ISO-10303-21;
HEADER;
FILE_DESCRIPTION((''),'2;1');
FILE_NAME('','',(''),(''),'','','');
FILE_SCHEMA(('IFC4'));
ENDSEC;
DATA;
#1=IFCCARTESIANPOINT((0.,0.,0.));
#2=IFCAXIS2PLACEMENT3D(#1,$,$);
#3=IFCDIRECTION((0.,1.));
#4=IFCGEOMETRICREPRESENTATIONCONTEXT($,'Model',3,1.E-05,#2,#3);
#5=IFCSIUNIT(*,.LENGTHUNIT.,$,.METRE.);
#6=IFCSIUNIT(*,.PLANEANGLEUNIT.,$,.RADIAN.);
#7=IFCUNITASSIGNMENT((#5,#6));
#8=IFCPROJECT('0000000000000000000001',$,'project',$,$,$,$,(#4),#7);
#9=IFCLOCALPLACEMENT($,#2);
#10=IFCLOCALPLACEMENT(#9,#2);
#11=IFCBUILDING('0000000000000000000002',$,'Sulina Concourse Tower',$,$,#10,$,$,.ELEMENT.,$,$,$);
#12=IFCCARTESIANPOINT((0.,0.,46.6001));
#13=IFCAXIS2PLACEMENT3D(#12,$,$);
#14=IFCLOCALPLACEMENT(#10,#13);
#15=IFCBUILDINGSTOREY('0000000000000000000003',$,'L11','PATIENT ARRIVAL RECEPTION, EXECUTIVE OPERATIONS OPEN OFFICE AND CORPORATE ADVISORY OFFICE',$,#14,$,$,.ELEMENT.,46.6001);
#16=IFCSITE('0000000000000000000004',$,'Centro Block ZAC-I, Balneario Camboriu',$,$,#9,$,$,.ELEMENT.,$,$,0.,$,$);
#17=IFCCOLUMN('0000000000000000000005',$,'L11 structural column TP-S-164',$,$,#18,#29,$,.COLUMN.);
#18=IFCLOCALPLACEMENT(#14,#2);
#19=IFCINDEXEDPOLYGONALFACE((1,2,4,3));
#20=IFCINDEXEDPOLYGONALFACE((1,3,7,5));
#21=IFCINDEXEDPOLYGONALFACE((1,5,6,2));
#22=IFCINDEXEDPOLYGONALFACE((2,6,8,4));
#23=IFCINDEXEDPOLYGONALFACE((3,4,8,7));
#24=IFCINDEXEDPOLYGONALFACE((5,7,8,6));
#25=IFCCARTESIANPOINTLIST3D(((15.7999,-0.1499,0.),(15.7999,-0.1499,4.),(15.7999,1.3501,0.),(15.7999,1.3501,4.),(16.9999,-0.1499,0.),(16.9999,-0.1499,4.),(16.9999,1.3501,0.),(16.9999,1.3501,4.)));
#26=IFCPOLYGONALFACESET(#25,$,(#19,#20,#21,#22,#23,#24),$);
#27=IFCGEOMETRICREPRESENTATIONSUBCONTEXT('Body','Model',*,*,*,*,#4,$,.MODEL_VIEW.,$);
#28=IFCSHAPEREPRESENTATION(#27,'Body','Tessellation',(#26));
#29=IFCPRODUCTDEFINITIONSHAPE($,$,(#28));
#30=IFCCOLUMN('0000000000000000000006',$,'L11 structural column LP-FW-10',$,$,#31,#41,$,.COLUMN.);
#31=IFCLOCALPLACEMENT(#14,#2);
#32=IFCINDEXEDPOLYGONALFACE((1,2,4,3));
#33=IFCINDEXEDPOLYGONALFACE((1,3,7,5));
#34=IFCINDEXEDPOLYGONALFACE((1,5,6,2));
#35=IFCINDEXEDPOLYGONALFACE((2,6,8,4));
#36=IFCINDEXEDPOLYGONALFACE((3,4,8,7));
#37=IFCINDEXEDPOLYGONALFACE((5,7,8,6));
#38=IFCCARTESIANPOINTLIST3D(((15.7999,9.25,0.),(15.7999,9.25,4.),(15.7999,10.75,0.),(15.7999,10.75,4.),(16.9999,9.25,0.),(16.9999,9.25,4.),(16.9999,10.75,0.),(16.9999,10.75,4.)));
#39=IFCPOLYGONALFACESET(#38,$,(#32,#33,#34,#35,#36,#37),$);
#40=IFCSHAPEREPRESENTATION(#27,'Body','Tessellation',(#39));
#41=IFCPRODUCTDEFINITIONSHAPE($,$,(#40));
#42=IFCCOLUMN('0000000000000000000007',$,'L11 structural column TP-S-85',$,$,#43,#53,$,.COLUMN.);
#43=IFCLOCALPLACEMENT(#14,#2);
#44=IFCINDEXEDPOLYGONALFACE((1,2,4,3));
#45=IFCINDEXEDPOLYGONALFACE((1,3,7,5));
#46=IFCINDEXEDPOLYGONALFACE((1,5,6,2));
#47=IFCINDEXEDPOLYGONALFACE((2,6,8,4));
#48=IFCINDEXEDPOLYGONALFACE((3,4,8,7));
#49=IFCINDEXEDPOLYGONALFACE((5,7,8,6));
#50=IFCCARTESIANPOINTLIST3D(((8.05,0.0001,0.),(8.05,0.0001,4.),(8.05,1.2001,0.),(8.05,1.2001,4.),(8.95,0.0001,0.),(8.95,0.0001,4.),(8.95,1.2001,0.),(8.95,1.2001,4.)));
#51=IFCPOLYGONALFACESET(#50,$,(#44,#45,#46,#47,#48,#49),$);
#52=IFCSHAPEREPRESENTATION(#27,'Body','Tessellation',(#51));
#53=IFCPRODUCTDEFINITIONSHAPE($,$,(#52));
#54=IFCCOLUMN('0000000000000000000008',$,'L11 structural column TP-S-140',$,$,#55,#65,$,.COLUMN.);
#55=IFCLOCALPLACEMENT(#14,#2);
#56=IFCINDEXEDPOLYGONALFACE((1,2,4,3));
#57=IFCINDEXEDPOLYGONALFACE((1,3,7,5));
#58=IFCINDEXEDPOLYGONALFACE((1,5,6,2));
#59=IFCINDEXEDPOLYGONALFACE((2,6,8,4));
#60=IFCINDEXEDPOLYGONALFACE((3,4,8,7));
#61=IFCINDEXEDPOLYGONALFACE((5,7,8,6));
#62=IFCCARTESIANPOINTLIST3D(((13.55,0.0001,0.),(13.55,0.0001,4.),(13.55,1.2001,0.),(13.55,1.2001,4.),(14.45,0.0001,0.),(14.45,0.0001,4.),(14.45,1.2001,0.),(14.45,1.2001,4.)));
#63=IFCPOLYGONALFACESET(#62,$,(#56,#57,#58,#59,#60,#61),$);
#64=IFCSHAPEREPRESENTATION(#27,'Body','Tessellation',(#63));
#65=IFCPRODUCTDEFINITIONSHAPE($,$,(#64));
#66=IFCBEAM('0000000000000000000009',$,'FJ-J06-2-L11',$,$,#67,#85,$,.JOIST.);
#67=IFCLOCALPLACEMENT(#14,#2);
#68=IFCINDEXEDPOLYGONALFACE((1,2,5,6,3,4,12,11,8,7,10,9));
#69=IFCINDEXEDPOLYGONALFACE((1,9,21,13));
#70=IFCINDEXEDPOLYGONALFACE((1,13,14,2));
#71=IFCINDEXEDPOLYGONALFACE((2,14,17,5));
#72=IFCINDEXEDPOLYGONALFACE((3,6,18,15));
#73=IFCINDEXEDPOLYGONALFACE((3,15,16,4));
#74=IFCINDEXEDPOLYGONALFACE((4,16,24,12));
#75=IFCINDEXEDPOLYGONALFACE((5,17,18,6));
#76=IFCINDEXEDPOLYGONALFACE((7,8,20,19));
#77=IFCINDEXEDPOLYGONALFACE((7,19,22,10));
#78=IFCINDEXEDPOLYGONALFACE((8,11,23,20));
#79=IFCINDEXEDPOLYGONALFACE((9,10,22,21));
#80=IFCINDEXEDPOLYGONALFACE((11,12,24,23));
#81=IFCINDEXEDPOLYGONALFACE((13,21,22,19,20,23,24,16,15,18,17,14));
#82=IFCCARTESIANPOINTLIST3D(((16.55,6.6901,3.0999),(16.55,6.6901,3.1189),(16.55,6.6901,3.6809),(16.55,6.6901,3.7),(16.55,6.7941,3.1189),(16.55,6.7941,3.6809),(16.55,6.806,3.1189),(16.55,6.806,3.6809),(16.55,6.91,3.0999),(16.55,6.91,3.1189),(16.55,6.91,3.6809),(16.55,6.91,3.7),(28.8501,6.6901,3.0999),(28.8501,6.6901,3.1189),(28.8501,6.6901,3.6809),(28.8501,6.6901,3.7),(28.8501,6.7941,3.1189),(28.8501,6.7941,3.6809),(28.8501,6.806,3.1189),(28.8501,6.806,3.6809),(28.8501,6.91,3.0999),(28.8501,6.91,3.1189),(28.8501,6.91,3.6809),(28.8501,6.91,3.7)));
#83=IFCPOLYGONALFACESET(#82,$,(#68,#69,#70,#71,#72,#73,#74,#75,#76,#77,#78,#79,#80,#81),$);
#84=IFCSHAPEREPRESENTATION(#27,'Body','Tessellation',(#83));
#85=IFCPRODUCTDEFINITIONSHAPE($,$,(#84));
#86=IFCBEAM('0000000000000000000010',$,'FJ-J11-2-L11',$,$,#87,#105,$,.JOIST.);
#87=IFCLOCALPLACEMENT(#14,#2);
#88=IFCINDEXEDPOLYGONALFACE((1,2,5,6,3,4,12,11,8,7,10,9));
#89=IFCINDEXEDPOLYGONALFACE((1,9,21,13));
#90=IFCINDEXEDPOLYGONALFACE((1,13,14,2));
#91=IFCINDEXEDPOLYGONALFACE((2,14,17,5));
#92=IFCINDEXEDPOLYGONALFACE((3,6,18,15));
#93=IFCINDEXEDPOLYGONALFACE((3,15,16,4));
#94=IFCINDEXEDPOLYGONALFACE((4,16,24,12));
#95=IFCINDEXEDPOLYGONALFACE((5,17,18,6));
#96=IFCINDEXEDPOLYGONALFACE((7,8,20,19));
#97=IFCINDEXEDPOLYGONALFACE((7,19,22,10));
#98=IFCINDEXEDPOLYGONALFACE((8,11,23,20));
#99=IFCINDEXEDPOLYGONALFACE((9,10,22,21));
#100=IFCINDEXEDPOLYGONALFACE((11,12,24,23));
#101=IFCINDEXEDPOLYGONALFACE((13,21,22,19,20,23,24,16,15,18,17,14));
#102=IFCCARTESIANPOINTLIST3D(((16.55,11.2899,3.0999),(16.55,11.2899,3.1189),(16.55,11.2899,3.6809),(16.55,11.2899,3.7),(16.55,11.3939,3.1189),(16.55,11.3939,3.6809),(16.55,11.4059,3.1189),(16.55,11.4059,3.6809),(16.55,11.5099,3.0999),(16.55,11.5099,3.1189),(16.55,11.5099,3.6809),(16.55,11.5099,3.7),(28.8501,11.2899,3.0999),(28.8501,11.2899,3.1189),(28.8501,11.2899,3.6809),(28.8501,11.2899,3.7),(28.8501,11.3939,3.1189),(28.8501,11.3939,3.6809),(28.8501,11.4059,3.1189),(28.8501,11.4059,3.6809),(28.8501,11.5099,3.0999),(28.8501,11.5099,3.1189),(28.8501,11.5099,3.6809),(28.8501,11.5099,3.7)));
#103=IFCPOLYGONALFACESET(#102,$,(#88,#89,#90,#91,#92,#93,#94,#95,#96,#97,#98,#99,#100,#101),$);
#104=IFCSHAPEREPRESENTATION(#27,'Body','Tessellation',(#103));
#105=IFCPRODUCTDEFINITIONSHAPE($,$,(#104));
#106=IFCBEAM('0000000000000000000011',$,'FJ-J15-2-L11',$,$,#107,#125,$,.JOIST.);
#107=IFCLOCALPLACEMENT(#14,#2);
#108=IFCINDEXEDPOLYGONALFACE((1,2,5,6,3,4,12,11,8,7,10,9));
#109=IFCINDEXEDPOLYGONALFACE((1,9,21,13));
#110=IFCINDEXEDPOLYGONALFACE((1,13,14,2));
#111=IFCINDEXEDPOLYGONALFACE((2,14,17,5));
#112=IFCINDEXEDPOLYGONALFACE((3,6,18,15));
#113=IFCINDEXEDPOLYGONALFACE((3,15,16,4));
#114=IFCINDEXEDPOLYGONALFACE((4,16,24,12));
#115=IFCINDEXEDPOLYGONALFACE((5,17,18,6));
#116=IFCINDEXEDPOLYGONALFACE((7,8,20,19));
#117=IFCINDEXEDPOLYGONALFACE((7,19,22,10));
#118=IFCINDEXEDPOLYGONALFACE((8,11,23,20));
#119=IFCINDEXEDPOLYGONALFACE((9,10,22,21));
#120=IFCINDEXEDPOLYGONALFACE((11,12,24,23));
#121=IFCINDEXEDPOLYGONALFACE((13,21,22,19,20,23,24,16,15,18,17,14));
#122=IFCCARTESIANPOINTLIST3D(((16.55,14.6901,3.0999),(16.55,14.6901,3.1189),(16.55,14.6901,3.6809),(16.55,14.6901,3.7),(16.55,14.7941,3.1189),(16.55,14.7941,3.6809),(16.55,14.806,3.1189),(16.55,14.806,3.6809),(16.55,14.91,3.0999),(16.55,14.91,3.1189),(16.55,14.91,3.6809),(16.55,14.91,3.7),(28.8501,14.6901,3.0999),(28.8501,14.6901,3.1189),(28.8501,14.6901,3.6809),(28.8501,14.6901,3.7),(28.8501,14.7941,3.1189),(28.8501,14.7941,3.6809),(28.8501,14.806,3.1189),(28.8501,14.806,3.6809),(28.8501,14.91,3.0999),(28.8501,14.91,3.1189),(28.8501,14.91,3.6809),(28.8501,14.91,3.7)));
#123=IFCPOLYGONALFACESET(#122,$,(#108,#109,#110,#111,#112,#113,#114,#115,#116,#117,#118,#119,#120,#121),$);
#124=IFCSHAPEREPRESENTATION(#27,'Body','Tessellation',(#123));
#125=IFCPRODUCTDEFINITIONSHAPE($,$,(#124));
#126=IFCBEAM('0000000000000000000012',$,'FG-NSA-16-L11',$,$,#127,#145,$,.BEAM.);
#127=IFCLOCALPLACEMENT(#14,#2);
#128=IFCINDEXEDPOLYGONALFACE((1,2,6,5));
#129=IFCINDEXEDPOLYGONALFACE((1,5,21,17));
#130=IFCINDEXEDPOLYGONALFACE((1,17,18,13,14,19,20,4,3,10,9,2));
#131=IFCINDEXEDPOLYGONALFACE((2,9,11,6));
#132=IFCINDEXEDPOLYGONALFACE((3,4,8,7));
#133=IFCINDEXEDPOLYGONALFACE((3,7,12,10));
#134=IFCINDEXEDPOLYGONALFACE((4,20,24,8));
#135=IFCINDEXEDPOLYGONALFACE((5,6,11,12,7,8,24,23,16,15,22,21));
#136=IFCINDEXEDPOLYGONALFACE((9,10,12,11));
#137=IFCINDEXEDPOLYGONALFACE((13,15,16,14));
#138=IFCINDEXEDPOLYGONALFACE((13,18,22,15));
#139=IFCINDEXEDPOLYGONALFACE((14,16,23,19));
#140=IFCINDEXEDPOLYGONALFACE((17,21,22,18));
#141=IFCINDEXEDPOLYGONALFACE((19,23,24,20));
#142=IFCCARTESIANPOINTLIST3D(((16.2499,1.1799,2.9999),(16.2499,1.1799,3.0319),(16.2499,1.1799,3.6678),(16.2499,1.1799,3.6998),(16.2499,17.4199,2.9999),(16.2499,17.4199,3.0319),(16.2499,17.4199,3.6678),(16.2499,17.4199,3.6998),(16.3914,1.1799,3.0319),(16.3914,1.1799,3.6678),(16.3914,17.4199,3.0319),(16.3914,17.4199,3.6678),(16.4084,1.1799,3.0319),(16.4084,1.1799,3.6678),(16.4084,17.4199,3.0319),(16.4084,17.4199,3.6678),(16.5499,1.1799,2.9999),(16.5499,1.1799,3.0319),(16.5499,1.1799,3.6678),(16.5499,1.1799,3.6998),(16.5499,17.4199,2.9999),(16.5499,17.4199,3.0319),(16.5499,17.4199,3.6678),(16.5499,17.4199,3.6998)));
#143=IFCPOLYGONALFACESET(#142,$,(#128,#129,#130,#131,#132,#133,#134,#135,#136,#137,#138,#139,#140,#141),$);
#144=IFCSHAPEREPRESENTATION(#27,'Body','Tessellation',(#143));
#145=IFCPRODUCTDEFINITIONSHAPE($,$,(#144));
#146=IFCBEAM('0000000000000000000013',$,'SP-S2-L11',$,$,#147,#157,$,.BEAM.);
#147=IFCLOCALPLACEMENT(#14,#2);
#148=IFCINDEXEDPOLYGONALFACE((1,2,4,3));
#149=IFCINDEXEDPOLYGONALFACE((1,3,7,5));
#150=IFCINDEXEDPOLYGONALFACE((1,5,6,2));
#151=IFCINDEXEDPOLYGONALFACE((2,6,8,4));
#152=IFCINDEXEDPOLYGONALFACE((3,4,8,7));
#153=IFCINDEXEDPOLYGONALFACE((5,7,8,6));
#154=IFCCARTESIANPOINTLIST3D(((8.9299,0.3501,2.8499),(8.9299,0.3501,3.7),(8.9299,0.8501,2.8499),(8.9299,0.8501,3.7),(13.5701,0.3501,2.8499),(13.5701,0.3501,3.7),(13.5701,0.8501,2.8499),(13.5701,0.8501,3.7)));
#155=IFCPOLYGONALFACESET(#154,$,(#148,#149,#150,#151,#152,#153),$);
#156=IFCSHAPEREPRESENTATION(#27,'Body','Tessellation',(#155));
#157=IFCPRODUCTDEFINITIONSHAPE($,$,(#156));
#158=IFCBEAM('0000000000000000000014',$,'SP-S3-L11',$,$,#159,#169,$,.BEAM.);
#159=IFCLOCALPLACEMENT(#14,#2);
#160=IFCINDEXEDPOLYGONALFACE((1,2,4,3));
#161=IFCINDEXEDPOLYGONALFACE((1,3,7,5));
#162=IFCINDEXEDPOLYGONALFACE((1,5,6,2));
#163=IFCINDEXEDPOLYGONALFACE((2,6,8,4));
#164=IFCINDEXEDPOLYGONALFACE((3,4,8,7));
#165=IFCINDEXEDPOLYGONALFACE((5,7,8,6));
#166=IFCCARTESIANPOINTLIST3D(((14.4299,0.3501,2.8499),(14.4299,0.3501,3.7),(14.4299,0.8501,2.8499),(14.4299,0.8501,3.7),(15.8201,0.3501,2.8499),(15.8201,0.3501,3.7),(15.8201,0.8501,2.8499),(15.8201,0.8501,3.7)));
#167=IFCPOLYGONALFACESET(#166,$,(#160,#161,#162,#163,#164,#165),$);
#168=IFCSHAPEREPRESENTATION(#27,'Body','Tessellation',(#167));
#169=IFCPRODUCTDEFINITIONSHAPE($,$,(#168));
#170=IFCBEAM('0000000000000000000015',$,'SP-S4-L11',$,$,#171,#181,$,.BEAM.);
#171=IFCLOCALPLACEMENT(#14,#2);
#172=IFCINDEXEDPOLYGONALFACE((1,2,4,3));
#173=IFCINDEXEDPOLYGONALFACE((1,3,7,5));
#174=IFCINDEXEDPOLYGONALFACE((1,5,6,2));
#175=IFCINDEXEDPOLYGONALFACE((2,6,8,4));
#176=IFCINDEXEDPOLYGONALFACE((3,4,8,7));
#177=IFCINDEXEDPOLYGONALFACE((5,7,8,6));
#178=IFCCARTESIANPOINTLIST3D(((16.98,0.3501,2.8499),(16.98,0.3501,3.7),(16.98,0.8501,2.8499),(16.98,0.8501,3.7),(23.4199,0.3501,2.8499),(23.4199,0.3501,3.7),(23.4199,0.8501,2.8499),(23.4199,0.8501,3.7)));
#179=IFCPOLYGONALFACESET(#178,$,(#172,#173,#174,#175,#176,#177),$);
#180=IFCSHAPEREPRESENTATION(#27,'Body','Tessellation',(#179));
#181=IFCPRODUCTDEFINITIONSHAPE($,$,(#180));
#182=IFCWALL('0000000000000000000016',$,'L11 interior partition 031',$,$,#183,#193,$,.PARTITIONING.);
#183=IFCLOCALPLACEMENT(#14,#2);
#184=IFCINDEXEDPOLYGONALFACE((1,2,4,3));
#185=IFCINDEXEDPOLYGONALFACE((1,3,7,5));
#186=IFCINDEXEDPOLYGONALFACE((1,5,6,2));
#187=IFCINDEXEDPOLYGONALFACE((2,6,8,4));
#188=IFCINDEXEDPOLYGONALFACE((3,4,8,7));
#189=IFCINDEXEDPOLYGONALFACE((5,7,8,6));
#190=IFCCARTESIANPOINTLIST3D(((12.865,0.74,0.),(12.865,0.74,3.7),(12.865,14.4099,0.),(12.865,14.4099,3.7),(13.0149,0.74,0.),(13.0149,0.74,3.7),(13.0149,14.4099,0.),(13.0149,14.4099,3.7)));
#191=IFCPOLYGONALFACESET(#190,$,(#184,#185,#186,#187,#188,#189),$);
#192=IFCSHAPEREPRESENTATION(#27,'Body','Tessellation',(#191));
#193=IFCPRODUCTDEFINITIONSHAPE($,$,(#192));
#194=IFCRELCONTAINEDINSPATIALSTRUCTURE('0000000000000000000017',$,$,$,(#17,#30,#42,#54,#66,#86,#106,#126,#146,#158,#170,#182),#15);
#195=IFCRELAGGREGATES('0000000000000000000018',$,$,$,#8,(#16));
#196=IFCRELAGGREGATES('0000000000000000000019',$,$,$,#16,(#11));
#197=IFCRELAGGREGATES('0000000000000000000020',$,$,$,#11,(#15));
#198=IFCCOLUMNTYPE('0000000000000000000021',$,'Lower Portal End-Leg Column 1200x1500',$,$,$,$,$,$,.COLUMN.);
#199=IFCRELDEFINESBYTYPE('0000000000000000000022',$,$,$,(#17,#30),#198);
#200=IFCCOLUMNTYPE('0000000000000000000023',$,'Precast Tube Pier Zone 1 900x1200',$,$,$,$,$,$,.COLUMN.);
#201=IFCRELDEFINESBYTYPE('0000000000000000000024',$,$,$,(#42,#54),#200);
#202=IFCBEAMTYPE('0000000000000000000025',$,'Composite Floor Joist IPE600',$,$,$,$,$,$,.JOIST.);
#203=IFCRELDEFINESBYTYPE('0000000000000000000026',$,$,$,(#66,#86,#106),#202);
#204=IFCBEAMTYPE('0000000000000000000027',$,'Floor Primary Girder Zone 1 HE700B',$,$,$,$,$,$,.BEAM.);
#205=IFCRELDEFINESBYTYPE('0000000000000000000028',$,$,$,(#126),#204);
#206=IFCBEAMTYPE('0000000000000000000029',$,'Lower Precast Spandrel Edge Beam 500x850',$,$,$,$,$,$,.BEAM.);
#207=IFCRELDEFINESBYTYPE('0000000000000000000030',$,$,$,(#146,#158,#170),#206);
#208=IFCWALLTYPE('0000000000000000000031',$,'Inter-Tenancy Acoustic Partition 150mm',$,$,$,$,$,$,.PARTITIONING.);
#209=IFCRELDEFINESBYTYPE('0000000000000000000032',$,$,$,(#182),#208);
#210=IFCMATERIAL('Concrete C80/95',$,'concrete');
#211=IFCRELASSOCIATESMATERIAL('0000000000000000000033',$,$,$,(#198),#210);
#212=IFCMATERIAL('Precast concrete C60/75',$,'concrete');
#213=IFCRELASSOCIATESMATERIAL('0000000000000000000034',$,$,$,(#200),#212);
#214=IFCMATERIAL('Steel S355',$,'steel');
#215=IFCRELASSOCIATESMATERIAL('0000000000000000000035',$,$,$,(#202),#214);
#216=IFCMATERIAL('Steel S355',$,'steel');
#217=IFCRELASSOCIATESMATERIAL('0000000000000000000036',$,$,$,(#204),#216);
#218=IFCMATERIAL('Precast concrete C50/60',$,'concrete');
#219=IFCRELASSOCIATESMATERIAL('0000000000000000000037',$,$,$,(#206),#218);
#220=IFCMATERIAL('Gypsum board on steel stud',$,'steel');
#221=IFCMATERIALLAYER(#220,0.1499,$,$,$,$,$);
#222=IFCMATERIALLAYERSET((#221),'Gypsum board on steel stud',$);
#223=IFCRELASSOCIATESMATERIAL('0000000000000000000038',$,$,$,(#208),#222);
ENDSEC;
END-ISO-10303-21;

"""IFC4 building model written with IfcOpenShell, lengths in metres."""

from ifc_helpers import new_model, si_unit, direction, frame, frame_2d, origin, origin_2d, place, context, subcontext, project, spatial, rectangle, i_section, extrude, material, layer, layer_set, material_profile, profile_set, type_object, element, save


model = new_model("IFC4")

# Units and contexts
model_context = context("Model", 3, precision=1e-05, world=origin(), true_north=direction((0.0, 1.0)))
body_context = subcontext(model_context, "Body", "Model", "MODEL_VIEW")
ifc_project = project(units=[si_unit("LENGTHUNIT", "METRE"), si_unit("PLANEANGLEUNIT", "RADIAN")], contexts=[model_context])

# Site, building, storey
site_placement = place(None, origin())
site = spatial("IfcSite", under=ifc_project, at=site_placement, Name="Centro Block ZAC-I, Balneario Camboriu", CompositionType="ELEMENT", RefElevation=0.0)
building_placement = place(site_placement, origin())
building = spatial("IfcBuilding", under=site, at=building_placement, Name="Sulina Concourse Tower", CompositionType="ELEMENT")
storey_placement = place(building_placement, frame((0.0, 0.0, 46.6001)))
storey = spatial("IfcBuildingStorey", under=building, at=storey_placement, Name="L11", Description="PATIENT ARRIVAL RECEPTION, EXECUTIVE OPERATIONS OPEN OFFICE AND CORPORATE ADVISORY OFFICE", CompositionType="ELEMENT", Elevation=46.6001)

# Columns
ifc_material_1 = material(Name="Concrete C80/95", Category="concrete")
ifc_material_profile_1 = material_profile(ifc_material_1, rectangle(XDim=1.2, YDim=1.5, at=origin_2d()), Name="RC 1200x1500")
ifc_profile_set_1 = profile_set([ifc_material_profile_1], Name="Concrete C80/95")
column_type_1 = type_object("IfcColumnType", Name="Lower Portal End-Leg Column 1200x1500", PredefinedType="COLUMN", material=ifc_profile_set_1)
for number, where, z_axis, x_axis, name in (
    (1, (16.3999, 0.6001, 0.0), (0.0, 0.0, 1.0), (1.0, 0.0, 0.0), "L11 structural column TP-S-164"),
    (2, (16.3999, 10.0, 0.0), (0.0, 0.0, 1.0), (1.0, 0.0, 0.0), "L11 structural column LP-FW-10"),
):
    element("IfcColumn", number, at=place(storey_placement, frame(where, z_axis=z_axis, x_axis=x_axis)), inside=storey, type_object=column_type_1, Name=name, PredefinedType="COLUMN", context=body_context, shape_type="SweptSolid", body=[
        extrude(rectangle(XDim=1.2, YDim=1.5, at=origin_2d()), origin(), (0.0, 0.0, 1.0), 4.0),
    ])
ifc_material_2 = material(Name="Precast concrete C60/75", Category="concrete")
ifc_material_profile_2 = material_profile(ifc_material_2, rectangle(XDim=0.8999, YDim=1.2, at=origin_2d()), Name="PC 900x1200")
ifc_profile_set_2 = profile_set([ifc_material_profile_2], Name="Precast concrete C60/75")
column_type_2 = type_object("IfcColumnType", Name="Precast Tube Pier Zone 1 900x1200", PredefinedType="COLUMN", material=ifc_profile_set_2)
for number, where, z_axis, x_axis, name in (
    (3, (8.5, 0.6001, 0.0), (0.0, 0.0, 1.0), (1.0, 0.0, 0.0), "L11 structural column TP-S-85"),
    (4, (14.0, 0.6001, 0.0), (0.0, 0.0, 1.0), (1.0, 0.0, 0.0), "L11 structural column TP-S-140"),
):
    element("IfcColumn", number, at=place(storey_placement, frame(where, z_axis=z_axis, x_axis=x_axis)), inside=storey, type_object=column_type_2, Name=name, PredefinedType="COLUMN", context=body_context, shape_type="SweptSolid", body=[
        extrude(rectangle(XDim=0.8999, YDim=1.2, at=origin_2d()), origin(), (0.0, 0.0, 1.0), 4.0),
    ])

# Beams
ifc_material_3 = material(Name="Steel S355", Category="steel")
ifc_material_profile_3 = material_profile(ifc_material_3, i_section(OverallWidth=0.22, OverallDepth=0.6001, WebThickness=0.012, FlangeThickness=0.019, at=origin_2d()), Name="IPE 600")
ifc_profile_set_3 = profile_set([ifc_material_profile_3], Name="Steel S355")
beam_type_1 = type_object("IfcBeamType", Name="Composite Floor Joist IPE600", PredefinedType="JOIST", material=ifc_profile_set_3)
for number, where, z_axis, x_axis, name in (
    (5, (16.55, 6.8, 3.3999), (1.0, 0.0, 0.0), (0.0, 1.0, 0.0), "FJ-J06-2-L11"),
    (6, (16.55, 11.3999, 3.3999), (1.0, 0.0, 0.0), (0.0, 1.0, 0.0), "FJ-J11-2-L11"),
    (7, (16.55, 14.8, 3.3999), (1.0, 0.0, 0.0), (0.0, 1.0, 0.0), "FJ-J15-2-L11"),
):
    element("IfcBeam", number, at=place(storey_placement, frame(where, z_axis=z_axis, x_axis=x_axis)), inside=storey, type_object=beam_type_1, Name=name, PredefinedType="JOIST", context=body_context, shape_type="SweptSolid", body=[
        extrude(i_section(OverallWidth=0.22, OverallDepth=0.6001, WebThickness=0.012, FlangeThickness=0.019, at=origin_2d()), origin(), (0.0, 0.0, 1.0), 12.3),
    ])
ifc_material_4 = material(Name="Steel S355", Category="steel")
ifc_material_profile_4 = material_profile(ifc_material_4, i_section(OverallWidth=0.3, OverallDepth=0.7, WebThickness=0.0171, FlangeThickness=0.032, at=origin_2d()), Name="HE 700 B")
ifc_profile_set_4 = profile_set([ifc_material_profile_4], Name="Steel S355")
beam_type_2 = type_object("IfcBeamType", Name="Floor Primary Girder Zone 1 HE700B", PredefinedType="BEAM", material=ifc_profile_set_4)
beam_1_placement = place(storey_placement, frame((16.3999, 1.1799, 3.3499), z_axis=(0.0, 1.0, 0.0), x_axis=(-1.0, 0.0, 0.0)))
element("IfcBeam", 8, at=beam_1_placement, inside=storey, type_object=beam_type_2, Name="FG-NSA-16-L11", PredefinedType="BEAM", context=body_context, shape_type="SweptSolid", body=[
    extrude(i_section(OverallWidth=0.3, OverallDepth=0.7, WebThickness=0.0171, FlangeThickness=0.032, at=origin_2d()), origin(), (0.0, 0.0, 1.0), 16.24),
])
ifc_material_5 = material(Name="Precast concrete C50/60", Category="concrete")
ifc_material_profile_5 = material_profile(ifc_material_5, rectangle(XDim=0.5, YDim=0.8501, at=origin_2d()), Name="RC 500x850")
ifc_profile_set_5 = profile_set([ifc_material_profile_5], Name="Precast concrete C50/60")
beam_type_3 = type_object("IfcBeamType", Name="Lower Precast Spandrel Edge Beam 500x850", PredefinedType="BEAM", material=ifc_profile_set_5)
beam_2_placement = place(storey_placement, frame((8.9299, 0.6001, 3.2749), z_axis=(1.0, 0.0, 0.0), x_axis=(0.0, 1.0, 0.0)))
element("IfcBeam", 9, at=beam_2_placement, inside=storey, type_object=beam_type_3, Name="SP-S2-L11", PredefinedType="BEAM", context=body_context, shape_type="SweptSolid", body=[
    extrude(rectangle(XDim=0.5, YDim=0.8501, at=origin_2d()), origin(), (0.0, 0.0, 1.0), 4.6401),
])
beam_3_placement = place(storey_placement, frame((14.4299, 0.6001, 3.2749), z_axis=(1.0, 0.0, 0.0), x_axis=(0.0, 1.0, 0.0)))
element("IfcBeam", 10, at=beam_3_placement, inside=storey, type_object=beam_type_3, Name="SP-S3-L11", PredefinedType="BEAM", context=body_context, shape_type="SweptSolid", body=[
    extrude(rectangle(XDim=0.5, YDim=0.8501, at=origin_2d()), origin(), (0.0, 0.0, 1.0), 1.3901),
])
beam_4_placement = place(storey_placement, frame((16.98, 0.6001, 3.2749), z_axis=(1.0, 0.0, 0.0), x_axis=(0.0, 1.0, 0.0)))
element("IfcBeam", 11, at=beam_4_placement, inside=storey, type_object=beam_type_3, Name="SP-S4-L11", PredefinedType="BEAM", context=body_context, shape_type="SweptSolid", body=[
    extrude(rectangle(XDim=0.5, YDim=0.8501, at=origin_2d()), origin(), (0.0, 0.0, 1.0), 6.4399),
])

# Wall
ifc_material_6 = material(Name="Gypsum board on steel stud", Category="steel")
ifc_layer_1 = layer(ifc_material_6, 0.1499)
ifc_layer_set_1 = layer_set([ifc_layer_1], Name="Gypsum board on steel stud")
wall_type_1 = type_object("IfcWallType", Name="Inter-Tenancy Acoustic Partition 150mm", PredefinedType="PARTITIONING", material=ifc_layer_set_1)
for number, where, z_axis, x_axis, name in (
    (12, (12.9399, 0.74, 0.0), (0.0, 0.0, 1.0), (0.0, 1.0, 0.0), "L11 interior partition 031"),
):
    element("IfcWall", number, at=place(storey_placement, frame(where, z_axis=z_axis, x_axis=x_axis)), inside=storey, type_object=wall_type_1, Name=name, PredefinedType="PARTITIONING", context=body_context, shape_type="SweptSolid", body=[
        extrude(rectangle(XDim=13.6699, YDim=0.1499, at=frame_2d((6.835, 0.0))), origin(), (0.0, 0.0, 1.0), 3.7),
    ])

save(model, "model.ifc")
